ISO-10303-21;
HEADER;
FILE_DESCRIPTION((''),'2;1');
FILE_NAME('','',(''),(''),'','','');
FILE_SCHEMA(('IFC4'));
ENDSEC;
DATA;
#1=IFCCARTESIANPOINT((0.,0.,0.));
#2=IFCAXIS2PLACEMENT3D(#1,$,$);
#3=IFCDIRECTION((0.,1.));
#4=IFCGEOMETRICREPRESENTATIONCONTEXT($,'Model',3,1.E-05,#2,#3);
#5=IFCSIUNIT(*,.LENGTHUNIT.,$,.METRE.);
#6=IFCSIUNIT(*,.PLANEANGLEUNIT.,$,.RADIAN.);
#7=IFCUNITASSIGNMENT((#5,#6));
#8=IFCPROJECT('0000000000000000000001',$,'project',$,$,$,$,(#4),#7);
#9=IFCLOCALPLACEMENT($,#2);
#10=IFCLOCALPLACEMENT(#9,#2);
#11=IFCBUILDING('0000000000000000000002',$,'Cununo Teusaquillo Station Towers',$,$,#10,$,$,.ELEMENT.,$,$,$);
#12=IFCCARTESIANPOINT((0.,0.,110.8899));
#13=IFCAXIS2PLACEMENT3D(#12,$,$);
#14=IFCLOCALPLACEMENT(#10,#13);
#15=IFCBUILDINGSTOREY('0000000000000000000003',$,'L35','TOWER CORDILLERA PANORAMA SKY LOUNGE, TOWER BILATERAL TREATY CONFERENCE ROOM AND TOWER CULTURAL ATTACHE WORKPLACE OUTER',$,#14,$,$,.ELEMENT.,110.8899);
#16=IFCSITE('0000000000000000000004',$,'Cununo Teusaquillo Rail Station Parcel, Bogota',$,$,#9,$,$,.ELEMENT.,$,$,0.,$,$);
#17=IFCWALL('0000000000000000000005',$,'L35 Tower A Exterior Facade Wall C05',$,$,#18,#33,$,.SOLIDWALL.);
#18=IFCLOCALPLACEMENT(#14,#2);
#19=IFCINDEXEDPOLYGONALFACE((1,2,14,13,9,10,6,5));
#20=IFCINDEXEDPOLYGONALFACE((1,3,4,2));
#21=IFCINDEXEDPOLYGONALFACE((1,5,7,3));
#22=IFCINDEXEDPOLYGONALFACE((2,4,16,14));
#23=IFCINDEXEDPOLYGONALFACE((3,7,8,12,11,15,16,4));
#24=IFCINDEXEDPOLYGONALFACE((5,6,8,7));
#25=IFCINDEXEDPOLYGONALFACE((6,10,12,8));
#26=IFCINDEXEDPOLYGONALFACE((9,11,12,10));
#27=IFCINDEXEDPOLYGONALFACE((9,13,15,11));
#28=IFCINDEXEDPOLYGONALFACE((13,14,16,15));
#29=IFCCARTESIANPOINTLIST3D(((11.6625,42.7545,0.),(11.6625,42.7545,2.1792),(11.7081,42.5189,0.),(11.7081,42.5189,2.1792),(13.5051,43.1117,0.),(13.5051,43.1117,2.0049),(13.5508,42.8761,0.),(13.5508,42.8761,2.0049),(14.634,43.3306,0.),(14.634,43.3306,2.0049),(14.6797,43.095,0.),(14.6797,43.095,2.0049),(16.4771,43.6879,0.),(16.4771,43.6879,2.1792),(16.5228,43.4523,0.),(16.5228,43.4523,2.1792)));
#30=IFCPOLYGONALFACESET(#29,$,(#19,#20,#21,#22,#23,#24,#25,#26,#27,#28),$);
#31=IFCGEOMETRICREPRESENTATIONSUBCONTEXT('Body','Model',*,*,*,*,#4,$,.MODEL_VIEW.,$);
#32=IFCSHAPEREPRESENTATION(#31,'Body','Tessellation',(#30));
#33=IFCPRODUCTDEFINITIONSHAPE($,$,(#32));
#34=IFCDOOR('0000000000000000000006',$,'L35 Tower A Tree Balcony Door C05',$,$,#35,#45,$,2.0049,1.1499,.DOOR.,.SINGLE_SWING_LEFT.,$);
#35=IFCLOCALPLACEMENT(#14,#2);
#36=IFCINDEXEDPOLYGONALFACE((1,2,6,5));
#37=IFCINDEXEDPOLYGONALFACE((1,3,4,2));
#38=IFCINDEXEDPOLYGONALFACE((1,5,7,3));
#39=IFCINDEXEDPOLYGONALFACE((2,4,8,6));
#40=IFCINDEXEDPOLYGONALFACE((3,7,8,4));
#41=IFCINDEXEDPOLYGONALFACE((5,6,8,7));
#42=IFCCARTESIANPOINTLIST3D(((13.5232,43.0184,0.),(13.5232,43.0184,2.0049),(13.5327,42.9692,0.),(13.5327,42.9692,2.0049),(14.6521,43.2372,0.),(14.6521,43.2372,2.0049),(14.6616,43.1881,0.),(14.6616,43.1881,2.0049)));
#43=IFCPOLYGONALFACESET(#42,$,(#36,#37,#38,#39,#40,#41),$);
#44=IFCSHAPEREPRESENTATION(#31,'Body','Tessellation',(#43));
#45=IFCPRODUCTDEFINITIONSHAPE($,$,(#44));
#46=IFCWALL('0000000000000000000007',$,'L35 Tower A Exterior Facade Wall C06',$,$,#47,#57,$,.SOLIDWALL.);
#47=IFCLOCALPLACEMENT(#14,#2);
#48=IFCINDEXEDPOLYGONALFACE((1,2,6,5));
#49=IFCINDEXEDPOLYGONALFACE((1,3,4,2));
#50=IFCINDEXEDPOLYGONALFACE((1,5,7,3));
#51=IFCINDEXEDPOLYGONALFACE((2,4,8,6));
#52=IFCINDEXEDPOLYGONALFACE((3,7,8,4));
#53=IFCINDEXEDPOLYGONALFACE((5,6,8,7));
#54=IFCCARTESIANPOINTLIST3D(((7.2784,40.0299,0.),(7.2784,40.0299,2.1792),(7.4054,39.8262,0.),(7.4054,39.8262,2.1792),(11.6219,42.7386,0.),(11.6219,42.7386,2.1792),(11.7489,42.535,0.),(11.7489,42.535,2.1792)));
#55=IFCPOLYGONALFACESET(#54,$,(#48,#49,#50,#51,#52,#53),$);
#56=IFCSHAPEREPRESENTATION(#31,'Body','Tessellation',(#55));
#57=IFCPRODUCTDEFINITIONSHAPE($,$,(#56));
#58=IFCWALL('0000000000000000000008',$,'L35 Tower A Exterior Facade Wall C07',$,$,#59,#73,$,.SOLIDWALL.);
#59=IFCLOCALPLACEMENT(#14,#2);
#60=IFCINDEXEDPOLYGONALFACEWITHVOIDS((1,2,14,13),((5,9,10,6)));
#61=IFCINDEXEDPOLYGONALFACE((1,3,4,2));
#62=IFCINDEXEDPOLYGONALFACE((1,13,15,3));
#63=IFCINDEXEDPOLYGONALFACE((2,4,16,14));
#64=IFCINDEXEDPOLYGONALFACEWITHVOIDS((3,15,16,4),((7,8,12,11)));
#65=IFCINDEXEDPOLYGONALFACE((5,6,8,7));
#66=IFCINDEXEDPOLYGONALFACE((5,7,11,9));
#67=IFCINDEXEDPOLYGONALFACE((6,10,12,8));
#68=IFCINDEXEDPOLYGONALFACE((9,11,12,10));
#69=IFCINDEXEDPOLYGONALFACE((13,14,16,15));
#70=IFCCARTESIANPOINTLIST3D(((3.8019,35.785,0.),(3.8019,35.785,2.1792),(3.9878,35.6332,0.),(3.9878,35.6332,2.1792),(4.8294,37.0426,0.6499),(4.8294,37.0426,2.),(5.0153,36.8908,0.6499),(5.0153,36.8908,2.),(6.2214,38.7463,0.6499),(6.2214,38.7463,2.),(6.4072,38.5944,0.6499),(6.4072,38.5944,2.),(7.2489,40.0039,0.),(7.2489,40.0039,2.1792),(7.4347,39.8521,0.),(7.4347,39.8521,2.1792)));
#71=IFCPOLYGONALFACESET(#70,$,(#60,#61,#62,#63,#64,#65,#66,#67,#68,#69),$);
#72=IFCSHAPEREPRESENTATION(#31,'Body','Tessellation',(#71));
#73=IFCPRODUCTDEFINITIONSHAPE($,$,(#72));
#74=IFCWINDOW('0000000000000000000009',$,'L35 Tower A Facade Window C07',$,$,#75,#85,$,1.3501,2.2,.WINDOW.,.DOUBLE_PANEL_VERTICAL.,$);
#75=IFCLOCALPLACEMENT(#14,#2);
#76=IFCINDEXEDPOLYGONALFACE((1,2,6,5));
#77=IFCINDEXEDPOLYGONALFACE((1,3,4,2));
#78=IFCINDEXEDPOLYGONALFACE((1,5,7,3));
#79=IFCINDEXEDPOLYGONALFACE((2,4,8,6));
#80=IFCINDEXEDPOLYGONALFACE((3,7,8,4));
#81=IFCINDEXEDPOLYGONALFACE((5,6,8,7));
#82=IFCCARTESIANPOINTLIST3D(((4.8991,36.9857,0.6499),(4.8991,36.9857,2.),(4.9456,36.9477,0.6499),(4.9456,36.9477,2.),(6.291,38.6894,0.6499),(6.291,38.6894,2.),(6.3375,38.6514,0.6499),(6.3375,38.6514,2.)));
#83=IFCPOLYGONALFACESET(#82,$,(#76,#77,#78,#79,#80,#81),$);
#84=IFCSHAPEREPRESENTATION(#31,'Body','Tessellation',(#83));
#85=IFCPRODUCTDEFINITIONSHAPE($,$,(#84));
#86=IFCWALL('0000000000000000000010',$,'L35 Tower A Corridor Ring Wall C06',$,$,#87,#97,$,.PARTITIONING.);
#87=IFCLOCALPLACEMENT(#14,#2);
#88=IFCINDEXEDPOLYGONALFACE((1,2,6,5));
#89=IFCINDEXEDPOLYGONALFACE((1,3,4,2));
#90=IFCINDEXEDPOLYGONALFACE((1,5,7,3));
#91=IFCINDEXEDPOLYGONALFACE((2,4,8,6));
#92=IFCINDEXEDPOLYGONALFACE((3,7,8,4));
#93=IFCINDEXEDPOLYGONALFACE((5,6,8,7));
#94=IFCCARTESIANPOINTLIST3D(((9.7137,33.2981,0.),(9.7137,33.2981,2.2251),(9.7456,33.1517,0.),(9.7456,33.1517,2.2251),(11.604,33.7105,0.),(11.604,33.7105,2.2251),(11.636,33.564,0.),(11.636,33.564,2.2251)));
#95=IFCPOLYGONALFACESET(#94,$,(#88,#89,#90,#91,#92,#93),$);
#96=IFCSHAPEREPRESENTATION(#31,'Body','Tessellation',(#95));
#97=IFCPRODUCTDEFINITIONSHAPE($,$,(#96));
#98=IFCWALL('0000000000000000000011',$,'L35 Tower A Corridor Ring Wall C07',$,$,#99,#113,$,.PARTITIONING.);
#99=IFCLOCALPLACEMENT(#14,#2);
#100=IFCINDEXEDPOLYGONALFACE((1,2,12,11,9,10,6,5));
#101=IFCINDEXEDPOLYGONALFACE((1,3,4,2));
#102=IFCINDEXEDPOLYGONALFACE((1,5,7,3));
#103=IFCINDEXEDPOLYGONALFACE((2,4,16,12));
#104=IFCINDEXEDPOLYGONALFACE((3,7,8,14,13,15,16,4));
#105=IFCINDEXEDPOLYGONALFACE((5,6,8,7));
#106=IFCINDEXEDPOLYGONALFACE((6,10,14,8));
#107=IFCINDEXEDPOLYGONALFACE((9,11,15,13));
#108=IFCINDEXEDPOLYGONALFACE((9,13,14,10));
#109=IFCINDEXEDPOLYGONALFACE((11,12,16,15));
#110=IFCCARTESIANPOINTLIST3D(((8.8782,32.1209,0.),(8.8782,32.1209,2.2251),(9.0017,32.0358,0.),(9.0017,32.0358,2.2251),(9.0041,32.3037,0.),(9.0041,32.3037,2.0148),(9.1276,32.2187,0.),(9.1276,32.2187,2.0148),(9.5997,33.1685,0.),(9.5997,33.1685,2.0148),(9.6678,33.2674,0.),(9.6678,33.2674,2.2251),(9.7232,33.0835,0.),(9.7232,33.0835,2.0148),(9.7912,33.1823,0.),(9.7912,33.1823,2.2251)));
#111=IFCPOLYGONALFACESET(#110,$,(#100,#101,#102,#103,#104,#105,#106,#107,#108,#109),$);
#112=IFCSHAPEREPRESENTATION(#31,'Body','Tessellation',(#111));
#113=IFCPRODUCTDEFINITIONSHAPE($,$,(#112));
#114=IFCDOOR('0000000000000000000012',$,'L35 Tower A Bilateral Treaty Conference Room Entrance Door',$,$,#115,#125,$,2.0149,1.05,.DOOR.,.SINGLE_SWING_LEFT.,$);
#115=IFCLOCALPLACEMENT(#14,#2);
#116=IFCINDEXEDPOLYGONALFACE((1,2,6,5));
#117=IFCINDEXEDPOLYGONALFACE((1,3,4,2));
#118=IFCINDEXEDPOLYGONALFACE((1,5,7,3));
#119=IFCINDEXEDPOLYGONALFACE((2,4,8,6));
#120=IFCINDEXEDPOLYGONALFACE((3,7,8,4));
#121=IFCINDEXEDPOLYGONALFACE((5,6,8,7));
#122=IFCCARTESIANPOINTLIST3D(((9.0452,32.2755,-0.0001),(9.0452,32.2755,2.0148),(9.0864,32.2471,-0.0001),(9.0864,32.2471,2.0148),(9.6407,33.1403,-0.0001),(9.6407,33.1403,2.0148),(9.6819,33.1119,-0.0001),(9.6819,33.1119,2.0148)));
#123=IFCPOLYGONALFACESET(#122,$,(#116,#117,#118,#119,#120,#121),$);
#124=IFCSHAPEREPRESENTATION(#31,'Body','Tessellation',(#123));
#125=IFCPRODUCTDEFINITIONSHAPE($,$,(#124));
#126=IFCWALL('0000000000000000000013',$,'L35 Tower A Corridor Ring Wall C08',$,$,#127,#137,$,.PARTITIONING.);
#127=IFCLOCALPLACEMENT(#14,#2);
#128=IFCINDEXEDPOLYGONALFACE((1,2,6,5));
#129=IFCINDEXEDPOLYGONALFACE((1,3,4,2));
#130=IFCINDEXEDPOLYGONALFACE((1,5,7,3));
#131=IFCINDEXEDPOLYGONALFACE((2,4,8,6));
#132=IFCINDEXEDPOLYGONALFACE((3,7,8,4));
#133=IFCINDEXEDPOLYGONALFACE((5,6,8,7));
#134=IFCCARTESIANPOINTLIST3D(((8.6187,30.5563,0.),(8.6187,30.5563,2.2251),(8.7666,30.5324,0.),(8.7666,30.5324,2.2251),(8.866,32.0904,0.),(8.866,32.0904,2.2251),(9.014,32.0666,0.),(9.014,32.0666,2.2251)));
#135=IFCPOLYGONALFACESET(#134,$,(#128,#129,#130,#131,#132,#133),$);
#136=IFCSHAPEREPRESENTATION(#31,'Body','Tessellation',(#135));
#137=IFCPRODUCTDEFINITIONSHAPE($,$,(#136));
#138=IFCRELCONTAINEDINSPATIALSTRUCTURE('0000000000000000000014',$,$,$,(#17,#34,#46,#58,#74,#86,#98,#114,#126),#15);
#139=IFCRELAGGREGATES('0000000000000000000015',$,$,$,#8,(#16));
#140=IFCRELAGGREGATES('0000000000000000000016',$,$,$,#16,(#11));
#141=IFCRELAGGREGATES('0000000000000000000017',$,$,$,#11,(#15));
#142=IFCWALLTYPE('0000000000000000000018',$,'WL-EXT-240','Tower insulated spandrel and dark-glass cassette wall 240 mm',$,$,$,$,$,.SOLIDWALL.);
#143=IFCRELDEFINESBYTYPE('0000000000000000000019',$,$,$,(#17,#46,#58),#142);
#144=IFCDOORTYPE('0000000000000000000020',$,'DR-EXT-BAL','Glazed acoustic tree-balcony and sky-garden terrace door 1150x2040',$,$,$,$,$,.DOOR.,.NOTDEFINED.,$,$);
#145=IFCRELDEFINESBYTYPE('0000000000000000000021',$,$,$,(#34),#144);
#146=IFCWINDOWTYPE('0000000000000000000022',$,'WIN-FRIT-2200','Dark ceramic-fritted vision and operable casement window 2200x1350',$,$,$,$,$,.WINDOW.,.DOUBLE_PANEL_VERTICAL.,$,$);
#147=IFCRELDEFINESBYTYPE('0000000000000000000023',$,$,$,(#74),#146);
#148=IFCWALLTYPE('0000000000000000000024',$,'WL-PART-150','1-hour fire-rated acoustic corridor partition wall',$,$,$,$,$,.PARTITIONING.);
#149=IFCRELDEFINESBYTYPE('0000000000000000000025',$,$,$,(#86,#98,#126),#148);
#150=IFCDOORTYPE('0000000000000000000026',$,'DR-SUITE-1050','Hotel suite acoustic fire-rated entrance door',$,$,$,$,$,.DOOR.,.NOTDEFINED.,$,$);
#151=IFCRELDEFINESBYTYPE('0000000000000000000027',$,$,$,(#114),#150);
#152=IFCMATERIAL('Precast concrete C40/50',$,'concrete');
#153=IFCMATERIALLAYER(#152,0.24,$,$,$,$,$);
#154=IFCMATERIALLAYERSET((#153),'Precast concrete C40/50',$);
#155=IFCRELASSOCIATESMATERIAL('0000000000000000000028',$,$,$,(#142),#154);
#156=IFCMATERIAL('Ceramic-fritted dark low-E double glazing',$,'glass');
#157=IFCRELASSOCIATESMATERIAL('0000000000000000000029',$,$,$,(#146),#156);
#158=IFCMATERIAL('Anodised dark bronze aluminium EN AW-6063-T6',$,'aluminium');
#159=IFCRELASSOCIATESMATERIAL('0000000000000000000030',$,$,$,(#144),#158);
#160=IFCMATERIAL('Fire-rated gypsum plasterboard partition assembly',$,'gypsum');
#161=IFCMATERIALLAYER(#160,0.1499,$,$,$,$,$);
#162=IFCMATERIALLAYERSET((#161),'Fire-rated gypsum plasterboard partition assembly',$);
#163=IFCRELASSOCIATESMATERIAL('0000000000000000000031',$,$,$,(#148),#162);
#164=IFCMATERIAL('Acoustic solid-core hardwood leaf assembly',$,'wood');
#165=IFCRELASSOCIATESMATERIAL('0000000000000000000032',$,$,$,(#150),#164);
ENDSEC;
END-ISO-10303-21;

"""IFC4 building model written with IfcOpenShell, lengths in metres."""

from ifc_helpers import new_model, si_unit, direction, frame, frame_2d, origin, place, context, subcontext, project, spatial, rectangle, extrude, source, transform, mapped, material, layer, layer_set, type_object, element, fill, save


model = new_model("IFC4")

# Units and contexts
model_context = context("Model", 3, precision=1e-05, world=origin(), true_north=direction((0.0, 1.0)))
body_context = subcontext(model_context, "Body", "Model", "MODEL_VIEW")
ifc_project = project(units=[si_unit("LENGTHUNIT", "METRE"), si_unit("PLANEANGLEUNIT", "RADIAN")], contexts=[model_context])

# Site, building, storey
site_placement = place(None, origin())
site = spatial("IfcSite", under=ifc_project, at=site_placement, Name="Cununo Teusaquillo Rail Station Parcel, Bogota", CompositionType="ELEMENT", RefElevation=0.0)
building_placement = place(site_placement, origin())
building = spatial("IfcBuilding", under=site, at=building_placement, Name="Cununo Teusaquillo Station Towers", CompositionType="ELEMENT")
storey_placement = place(building_placement, frame((0.0, 0.0, 110.8899)))
storey = spatial("IfcBuildingStorey", under=building, at=storey_placement, Name="L35", Description="TOWER CORDILLERA PANORAMA SKY LOUNGE, TOWER BILATERAL TREATY CONFERENCE ROOM AND TOWER CULTURAL ATTACHE WORKPLACE OUTER", CompositionType="ELEMENT", Elevation=110.8899)

# Shared definitions
ifc_material_1 = material(Name="Precast concrete C40/50", Category="concrete")
ifc_layer_1 = layer(ifc_material_1, 0.24)
ifc_layer_set_1 = layer_set([ifc_layer_1], Name="Precast concrete C40/50")
wall_type_1 = type_object("IfcWallType", Name="WL-EXT-240", Description="Tower insulated spandrel and dark-glass cassette wall 240 mm", PredefinedType="SOLIDWALL", material=ifc_layer_set_1)
shared_shape_1 = source(origin(), body_context, "Body", "SweptSolid", [
    extrude(rectangle(XDim=2.2, YDim=1.3501, at=frame_2d((1.1001, 0.675))), frame((0.0, 0.1299, 0.0), z_axis=(0.0, -1.0, 0.0), x_axis=(1.0, 0.0, 0.0)), (0.0, 0.0, 1.0), 0.26),
])
ifc_material_2 = material(Name="Ceramic-fritted dark low-E double glazing", Category="glass")
window_type = type_object("IfcWindowType", Name="WIN-FRIT-2200", Description="Dark ceramic-fritted vision and operable casement window 2200x1350", PartitioningType="DOUBLE_PANEL_VERTICAL", PredefinedType="WINDOW", material=ifc_material_2)
shared_shape_2 = source(origin(), body_context, "Body", "SweptSolid", [
    extrude(rectangle(XDim=2.2, YDim=1.3501, at=frame_2d((1.1001, 0.675))), frame((0.0, 0.03, 0.0), z_axis=(0.0, -1.0, 0.0), x_axis=(1.0, 0.0, 0.0)), (0.0, 0.0, 1.0), 0.0601),
])

# Wall, opening, door
wall_1_placement = place(storey_placement, frame((11.6853, 42.6367, 0.0), z_axis=(0.0, 0.0, 1.0), x_axis=(0.981724, 0.190311, 0.0)))
wall_1 = element("IfcWall", 1, at=wall_1_placement, inside=storey, type_object=wall_type_1, Name="L35 Tower A Exterior Facade Wall C05", PredefinedType="SOLIDWALL", context=body_context, shape_type="SweptSolid", body=[
    extrude(rectangle(XDim=4.9043, YDim=0.24, at=frame_2d((2.4521, 0.0))), origin(), (0.0, 0.0, 1.0), 2.1792),
])
shared_shape_3 = source(origin(), body_context, "Body", "SweptSolid", [
    extrude(rectangle(XDim=1.1499, YDim=2.0049, at=frame_2d((0.575, 1.0024))), frame((0.0, 0.1299, 0.0), z_axis=(0.0, -1.0, 0.0), x_axis=(1.0, 0.0, 0.0)), (0.0, 0.0, 1.0), 0.26),
])
opening_1_placement = place(wall_1_placement, frame((1.877, 0.0, 0.0)))
opening_1 = element("IfcOpeningElement", 2, at=opening_1_placement, cuts=wall_1, PredefinedType="OPENING", context=body_context, shape_type="MappedRepresentation", body=[
    mapped(shared_shape_3, transform((0.0, 0.0, 0.0), x_axis=(1.0, 0.0, 0.0), y_axis=(0.0, 1.0, 0.0), z_axis=(0.0, 0.0, 1.0), scale=1.0)),
])
ifc_material_3 = material(Name="Anodised dark bronze aluminium EN AW-6063-T6", Category="aluminium")
door_type_1 = type_object("IfcDoorType", Name="DR-EXT-BAL", Description="Glazed acoustic tree-balcony and sky-garden terrace door 1150x2040", OperationType="NOTDEFINED", PredefinedType="DOOR", material=ifc_material_3)
shared_shape_4 = source(origin(), body_context, "Body", "SweptSolid", [
    extrude(rectangle(XDim=1.1499, YDim=2.0049, at=frame_2d((0.575, 1.0024))), frame((0.0, 0.0249, 0.0), z_axis=(0.0, -1.0, 0.0), x_axis=(1.0, 0.0, 0.0)), (0.0, 0.0, 1.0), 0.05),
])
door_1_placement = place(opening_1_placement, origin())
door_1 = element("IfcDoor", 3, at=door_1_placement, inside=storey, type_object=door_type_1, Name="L35 Tower A Tree Balcony Door C05", OperationType="SINGLE_SWING_LEFT", OverallHeight=2.0049, OverallWidth=1.1499, PredefinedType="DOOR", context=body_context, shape_type="MappedRepresentation", body=[
    mapped(shared_shape_4, transform((0.0, 0.0, 0.0), x_axis=(1.0, 0.0, 0.0), y_axis=(0.0, 1.0, 0.0), z_axis=(0.0, 0.0, 1.0), scale=1.0)),
])
fill(opening_1, door_1)

# Wall
wall_2_placement = place(storey_placement, frame((7.3418, 39.928, 0.0), z_axis=(0.0, 0.0, 1.0), x_axis=(0.84852, 0.529163, 0.0)))
element("IfcWall", 4, at=wall_2_placement, inside=storey, type_object=wall_type_1, Name="L35 Tower A Exterior Facade Wall C06", PredefinedType="SOLIDWALL", context=body_context, shape_type="SweptSolid", body=[
    extrude(rectangle(XDim=5.1189, YDim=0.24, at=frame_2d((2.5596, 0.0))), origin(), (0.0, 0.0, 1.0), 2.1792),
])

# Wall, opening, window
wall_3_placement = place(storey_placement, frame((3.8948, 35.709, 0.0), z_axis=(0.0, 0.0, 1.0), x_axis=(0.632701, 0.774396, 0.0)))
wall_3 = element("IfcWall", 5, at=wall_3_placement, inside=storey, type_object=wall_type_1, Name="L35 Tower A Exterior Facade Wall C07", PredefinedType="SOLIDWALL", context=body_context, shape_type="SweptSolid", body=[
    extrude(rectangle(XDim=5.448, YDim=0.24, at=frame_2d((2.7241, 0.0))), origin(), (0.0, 0.0, 1.0), 2.1792),
])
opening_2_placement = place(wall_3_placement, frame((1.624, 0.0, 0.6499)))
opening_2 = element("IfcOpeningElement", 6, at=opening_2_placement, cuts=wall_3, PredefinedType="OPENING", context=body_context, shape_type="MappedRepresentation", body=[
    mapped(shared_shape_1, transform((0.0, 0.0, 0.0), x_axis=(1.0, 0.0, 0.0), y_axis=(0.0, 1.0, 0.0), z_axis=(0.0, 0.0, 1.0), scale=1.0)),
])
window_1_placement = place(opening_2_placement, origin())
window_1 = element("IfcWindow", 7, at=window_1_placement, inside=storey, type_object=window_type, Name="L35 Tower A Facade Window C07", OverallHeight=1.3501, OverallWidth=2.2, PartitioningType="DOUBLE_PANEL_VERTICAL", PredefinedType="WINDOW", context=body_context, shape_type="MappedRepresentation", body=[
    mapped(shared_shape_2, transform((0.0, 0.0, 0.0), x_axis=(1.0, 0.0, 0.0), y_axis=(0.0, 1.0, 0.0), z_axis=(0.0, 0.0, 1.0), scale=1.0)),
])
fill(opening_2, window_1)

# Wall
ifc_material_4 = material(Name="Fire-rated gypsum plasterboard partition assembly", Category="gypsum")
ifc_layer_2 = layer(ifc_material_4, 0.1499)
ifc_layer_set_2 = layer_set([ifc_layer_2], Name="Fire-rated gypsum plasterboard partition assembly")
wall_type_2 = type_object("IfcWallType", Name="WL-PART-150", Description="1-hour fire-rated acoustic corridor partition wall", PredefinedType="PARTITIONING", material=ifc_layer_set_2)
wall_4_placement = place(storey_placement, frame((11.6199, 33.6372, 0.0), z_axis=(0.0, 0.0, 1.0), x_axis=(-0.977026, -0.213121, 0.0)))
element("IfcWall", 8, at=wall_4_placement, inside=storey, type_object=wall_type_2, Name="L35 Tower A Corridor Ring Wall C06", PredefinedType="PARTITIONING", context=body_context, shape_type="SweptSolid", body=[
    extrude(rectangle(XDim=1.9348, YDim=0.1499, at=frame_2d((0.9673, 0.0))), origin(), (0.0, 0.0, 1.0), 2.2251),
])

# Wall, opening, door
wall_5_placement = place(storey_placement, frame((9.7295, 33.2249, 0.0), z_axis=(0.0, 0.0, 1.0), x_axis=(-0.567184, -0.823591, 0.0)))
wall_5 = element("IfcWall", 9, at=wall_5_placement, inside=storey, type_object=wall_type_2, Name="L35 Tower A Corridor Ring Wall C07", PredefinedType="PARTITIONING", context=body_context, shape_type="SweptSolid", body=[
    extrude(rectangle(XDim=1.3921, YDim=0.1499, at=frame_2d((0.696, 0.0))), origin(), (0.0, 0.0, 1.0), 2.2251),
])
shared_shape_5 = source(origin(), body_context, "Body", "SweptSolid", [
    extrude(rectangle(XDim=1.05, YDim=2.0149, at=frame_2d((0.5249, 1.0073))), frame((0.0, 0.085, 0.0), z_axis=(0.0, -1.0, 0.0), x_axis=(1.0, 0.0, 0.0)), (0.0, 0.0, 1.0), 0.1699),
])
opening_3_placement = place(wall_5_placement, frame((0.1201, 0.0, 0.0)))
opening_3 = element("IfcOpeningElement", 10, at=opening_3_placement, cuts=wall_5, PredefinedType="OPENING", context=body_context, shape_type="MappedRepresentation", body=[
    mapped(shared_shape_5, transform((0.0, 0.0, 0.0), x_axis=(1.0, 0.0, 0.0), y_axis=(0.0, 1.0, 0.0), z_axis=(0.0, 0.0, 1.0), scale=1.0)),
])
ifc_material_5 = material(Name="Acoustic solid-core hardwood leaf assembly", Category="wood")
door_type_2 = type_object("IfcDoorType", Name="DR-SUITE-1050", Description="Hotel suite acoustic fire-rated entrance door", OperationType="NOTDEFINED", PredefinedType="DOOR", material=ifc_material_5)
shared_shape_6 = source(origin(), body_context, "Body", "SweptSolid", [
    extrude(rectangle(XDim=1.05, YDim=2.0149, at=frame_2d((0.5249, 1.0073))), frame((0.0, 0.0249, 0.0), z_axis=(0.0, -1.0, 0.0), x_axis=(1.0, 0.0, 0.0)), (0.0, 0.0, 1.0), 0.05),
])
door_2_placement = place(opening_3_placement, origin())
door_2 = element("IfcDoor", 11, at=door_2_placement, inside=storey, type_object=door_type_2, Name="L35 Tower A Bilateral Treaty Conference Room Entrance Door", OperationType="SINGLE_SWING_LEFT", OverallHeight=2.0149, OverallWidth=1.05, PredefinedType="DOOR", context=body_context, shape_type="MappedRepresentation", body=[
    mapped(shared_shape_6, transform((0.0, 0.0, 0.0), x_axis=(1.0, 0.0, 0.0), y_axis=(0.0, 1.0, 0.0), z_axis=(0.0, 0.0, 1.0), scale=1.0)),
])
fill(opening_3, door_2)

# Wall
wall_6_placement = place(storey_placement, frame((8.9399, 32.0784, 0.0), z_axis=(0.0, 0.0, 1.0), x_axis=(-0.159148, -0.987255, 0.0)))
element("IfcWall", 12, at=wall_6_placement, inside=storey, type_object=wall_type_2, Name="L35 Tower A Corridor Ring Wall C08", PredefinedType="PARTITIONING", context=body_context, shape_type="SweptSolid", body=[
    extrude(rectangle(XDim=1.554, YDim=0.1499, at=frame_2d((0.7769, 0.0))), origin(), (0.0, 0.0, 1.0), 2.2251),
])

save(model, "model.ifc")
